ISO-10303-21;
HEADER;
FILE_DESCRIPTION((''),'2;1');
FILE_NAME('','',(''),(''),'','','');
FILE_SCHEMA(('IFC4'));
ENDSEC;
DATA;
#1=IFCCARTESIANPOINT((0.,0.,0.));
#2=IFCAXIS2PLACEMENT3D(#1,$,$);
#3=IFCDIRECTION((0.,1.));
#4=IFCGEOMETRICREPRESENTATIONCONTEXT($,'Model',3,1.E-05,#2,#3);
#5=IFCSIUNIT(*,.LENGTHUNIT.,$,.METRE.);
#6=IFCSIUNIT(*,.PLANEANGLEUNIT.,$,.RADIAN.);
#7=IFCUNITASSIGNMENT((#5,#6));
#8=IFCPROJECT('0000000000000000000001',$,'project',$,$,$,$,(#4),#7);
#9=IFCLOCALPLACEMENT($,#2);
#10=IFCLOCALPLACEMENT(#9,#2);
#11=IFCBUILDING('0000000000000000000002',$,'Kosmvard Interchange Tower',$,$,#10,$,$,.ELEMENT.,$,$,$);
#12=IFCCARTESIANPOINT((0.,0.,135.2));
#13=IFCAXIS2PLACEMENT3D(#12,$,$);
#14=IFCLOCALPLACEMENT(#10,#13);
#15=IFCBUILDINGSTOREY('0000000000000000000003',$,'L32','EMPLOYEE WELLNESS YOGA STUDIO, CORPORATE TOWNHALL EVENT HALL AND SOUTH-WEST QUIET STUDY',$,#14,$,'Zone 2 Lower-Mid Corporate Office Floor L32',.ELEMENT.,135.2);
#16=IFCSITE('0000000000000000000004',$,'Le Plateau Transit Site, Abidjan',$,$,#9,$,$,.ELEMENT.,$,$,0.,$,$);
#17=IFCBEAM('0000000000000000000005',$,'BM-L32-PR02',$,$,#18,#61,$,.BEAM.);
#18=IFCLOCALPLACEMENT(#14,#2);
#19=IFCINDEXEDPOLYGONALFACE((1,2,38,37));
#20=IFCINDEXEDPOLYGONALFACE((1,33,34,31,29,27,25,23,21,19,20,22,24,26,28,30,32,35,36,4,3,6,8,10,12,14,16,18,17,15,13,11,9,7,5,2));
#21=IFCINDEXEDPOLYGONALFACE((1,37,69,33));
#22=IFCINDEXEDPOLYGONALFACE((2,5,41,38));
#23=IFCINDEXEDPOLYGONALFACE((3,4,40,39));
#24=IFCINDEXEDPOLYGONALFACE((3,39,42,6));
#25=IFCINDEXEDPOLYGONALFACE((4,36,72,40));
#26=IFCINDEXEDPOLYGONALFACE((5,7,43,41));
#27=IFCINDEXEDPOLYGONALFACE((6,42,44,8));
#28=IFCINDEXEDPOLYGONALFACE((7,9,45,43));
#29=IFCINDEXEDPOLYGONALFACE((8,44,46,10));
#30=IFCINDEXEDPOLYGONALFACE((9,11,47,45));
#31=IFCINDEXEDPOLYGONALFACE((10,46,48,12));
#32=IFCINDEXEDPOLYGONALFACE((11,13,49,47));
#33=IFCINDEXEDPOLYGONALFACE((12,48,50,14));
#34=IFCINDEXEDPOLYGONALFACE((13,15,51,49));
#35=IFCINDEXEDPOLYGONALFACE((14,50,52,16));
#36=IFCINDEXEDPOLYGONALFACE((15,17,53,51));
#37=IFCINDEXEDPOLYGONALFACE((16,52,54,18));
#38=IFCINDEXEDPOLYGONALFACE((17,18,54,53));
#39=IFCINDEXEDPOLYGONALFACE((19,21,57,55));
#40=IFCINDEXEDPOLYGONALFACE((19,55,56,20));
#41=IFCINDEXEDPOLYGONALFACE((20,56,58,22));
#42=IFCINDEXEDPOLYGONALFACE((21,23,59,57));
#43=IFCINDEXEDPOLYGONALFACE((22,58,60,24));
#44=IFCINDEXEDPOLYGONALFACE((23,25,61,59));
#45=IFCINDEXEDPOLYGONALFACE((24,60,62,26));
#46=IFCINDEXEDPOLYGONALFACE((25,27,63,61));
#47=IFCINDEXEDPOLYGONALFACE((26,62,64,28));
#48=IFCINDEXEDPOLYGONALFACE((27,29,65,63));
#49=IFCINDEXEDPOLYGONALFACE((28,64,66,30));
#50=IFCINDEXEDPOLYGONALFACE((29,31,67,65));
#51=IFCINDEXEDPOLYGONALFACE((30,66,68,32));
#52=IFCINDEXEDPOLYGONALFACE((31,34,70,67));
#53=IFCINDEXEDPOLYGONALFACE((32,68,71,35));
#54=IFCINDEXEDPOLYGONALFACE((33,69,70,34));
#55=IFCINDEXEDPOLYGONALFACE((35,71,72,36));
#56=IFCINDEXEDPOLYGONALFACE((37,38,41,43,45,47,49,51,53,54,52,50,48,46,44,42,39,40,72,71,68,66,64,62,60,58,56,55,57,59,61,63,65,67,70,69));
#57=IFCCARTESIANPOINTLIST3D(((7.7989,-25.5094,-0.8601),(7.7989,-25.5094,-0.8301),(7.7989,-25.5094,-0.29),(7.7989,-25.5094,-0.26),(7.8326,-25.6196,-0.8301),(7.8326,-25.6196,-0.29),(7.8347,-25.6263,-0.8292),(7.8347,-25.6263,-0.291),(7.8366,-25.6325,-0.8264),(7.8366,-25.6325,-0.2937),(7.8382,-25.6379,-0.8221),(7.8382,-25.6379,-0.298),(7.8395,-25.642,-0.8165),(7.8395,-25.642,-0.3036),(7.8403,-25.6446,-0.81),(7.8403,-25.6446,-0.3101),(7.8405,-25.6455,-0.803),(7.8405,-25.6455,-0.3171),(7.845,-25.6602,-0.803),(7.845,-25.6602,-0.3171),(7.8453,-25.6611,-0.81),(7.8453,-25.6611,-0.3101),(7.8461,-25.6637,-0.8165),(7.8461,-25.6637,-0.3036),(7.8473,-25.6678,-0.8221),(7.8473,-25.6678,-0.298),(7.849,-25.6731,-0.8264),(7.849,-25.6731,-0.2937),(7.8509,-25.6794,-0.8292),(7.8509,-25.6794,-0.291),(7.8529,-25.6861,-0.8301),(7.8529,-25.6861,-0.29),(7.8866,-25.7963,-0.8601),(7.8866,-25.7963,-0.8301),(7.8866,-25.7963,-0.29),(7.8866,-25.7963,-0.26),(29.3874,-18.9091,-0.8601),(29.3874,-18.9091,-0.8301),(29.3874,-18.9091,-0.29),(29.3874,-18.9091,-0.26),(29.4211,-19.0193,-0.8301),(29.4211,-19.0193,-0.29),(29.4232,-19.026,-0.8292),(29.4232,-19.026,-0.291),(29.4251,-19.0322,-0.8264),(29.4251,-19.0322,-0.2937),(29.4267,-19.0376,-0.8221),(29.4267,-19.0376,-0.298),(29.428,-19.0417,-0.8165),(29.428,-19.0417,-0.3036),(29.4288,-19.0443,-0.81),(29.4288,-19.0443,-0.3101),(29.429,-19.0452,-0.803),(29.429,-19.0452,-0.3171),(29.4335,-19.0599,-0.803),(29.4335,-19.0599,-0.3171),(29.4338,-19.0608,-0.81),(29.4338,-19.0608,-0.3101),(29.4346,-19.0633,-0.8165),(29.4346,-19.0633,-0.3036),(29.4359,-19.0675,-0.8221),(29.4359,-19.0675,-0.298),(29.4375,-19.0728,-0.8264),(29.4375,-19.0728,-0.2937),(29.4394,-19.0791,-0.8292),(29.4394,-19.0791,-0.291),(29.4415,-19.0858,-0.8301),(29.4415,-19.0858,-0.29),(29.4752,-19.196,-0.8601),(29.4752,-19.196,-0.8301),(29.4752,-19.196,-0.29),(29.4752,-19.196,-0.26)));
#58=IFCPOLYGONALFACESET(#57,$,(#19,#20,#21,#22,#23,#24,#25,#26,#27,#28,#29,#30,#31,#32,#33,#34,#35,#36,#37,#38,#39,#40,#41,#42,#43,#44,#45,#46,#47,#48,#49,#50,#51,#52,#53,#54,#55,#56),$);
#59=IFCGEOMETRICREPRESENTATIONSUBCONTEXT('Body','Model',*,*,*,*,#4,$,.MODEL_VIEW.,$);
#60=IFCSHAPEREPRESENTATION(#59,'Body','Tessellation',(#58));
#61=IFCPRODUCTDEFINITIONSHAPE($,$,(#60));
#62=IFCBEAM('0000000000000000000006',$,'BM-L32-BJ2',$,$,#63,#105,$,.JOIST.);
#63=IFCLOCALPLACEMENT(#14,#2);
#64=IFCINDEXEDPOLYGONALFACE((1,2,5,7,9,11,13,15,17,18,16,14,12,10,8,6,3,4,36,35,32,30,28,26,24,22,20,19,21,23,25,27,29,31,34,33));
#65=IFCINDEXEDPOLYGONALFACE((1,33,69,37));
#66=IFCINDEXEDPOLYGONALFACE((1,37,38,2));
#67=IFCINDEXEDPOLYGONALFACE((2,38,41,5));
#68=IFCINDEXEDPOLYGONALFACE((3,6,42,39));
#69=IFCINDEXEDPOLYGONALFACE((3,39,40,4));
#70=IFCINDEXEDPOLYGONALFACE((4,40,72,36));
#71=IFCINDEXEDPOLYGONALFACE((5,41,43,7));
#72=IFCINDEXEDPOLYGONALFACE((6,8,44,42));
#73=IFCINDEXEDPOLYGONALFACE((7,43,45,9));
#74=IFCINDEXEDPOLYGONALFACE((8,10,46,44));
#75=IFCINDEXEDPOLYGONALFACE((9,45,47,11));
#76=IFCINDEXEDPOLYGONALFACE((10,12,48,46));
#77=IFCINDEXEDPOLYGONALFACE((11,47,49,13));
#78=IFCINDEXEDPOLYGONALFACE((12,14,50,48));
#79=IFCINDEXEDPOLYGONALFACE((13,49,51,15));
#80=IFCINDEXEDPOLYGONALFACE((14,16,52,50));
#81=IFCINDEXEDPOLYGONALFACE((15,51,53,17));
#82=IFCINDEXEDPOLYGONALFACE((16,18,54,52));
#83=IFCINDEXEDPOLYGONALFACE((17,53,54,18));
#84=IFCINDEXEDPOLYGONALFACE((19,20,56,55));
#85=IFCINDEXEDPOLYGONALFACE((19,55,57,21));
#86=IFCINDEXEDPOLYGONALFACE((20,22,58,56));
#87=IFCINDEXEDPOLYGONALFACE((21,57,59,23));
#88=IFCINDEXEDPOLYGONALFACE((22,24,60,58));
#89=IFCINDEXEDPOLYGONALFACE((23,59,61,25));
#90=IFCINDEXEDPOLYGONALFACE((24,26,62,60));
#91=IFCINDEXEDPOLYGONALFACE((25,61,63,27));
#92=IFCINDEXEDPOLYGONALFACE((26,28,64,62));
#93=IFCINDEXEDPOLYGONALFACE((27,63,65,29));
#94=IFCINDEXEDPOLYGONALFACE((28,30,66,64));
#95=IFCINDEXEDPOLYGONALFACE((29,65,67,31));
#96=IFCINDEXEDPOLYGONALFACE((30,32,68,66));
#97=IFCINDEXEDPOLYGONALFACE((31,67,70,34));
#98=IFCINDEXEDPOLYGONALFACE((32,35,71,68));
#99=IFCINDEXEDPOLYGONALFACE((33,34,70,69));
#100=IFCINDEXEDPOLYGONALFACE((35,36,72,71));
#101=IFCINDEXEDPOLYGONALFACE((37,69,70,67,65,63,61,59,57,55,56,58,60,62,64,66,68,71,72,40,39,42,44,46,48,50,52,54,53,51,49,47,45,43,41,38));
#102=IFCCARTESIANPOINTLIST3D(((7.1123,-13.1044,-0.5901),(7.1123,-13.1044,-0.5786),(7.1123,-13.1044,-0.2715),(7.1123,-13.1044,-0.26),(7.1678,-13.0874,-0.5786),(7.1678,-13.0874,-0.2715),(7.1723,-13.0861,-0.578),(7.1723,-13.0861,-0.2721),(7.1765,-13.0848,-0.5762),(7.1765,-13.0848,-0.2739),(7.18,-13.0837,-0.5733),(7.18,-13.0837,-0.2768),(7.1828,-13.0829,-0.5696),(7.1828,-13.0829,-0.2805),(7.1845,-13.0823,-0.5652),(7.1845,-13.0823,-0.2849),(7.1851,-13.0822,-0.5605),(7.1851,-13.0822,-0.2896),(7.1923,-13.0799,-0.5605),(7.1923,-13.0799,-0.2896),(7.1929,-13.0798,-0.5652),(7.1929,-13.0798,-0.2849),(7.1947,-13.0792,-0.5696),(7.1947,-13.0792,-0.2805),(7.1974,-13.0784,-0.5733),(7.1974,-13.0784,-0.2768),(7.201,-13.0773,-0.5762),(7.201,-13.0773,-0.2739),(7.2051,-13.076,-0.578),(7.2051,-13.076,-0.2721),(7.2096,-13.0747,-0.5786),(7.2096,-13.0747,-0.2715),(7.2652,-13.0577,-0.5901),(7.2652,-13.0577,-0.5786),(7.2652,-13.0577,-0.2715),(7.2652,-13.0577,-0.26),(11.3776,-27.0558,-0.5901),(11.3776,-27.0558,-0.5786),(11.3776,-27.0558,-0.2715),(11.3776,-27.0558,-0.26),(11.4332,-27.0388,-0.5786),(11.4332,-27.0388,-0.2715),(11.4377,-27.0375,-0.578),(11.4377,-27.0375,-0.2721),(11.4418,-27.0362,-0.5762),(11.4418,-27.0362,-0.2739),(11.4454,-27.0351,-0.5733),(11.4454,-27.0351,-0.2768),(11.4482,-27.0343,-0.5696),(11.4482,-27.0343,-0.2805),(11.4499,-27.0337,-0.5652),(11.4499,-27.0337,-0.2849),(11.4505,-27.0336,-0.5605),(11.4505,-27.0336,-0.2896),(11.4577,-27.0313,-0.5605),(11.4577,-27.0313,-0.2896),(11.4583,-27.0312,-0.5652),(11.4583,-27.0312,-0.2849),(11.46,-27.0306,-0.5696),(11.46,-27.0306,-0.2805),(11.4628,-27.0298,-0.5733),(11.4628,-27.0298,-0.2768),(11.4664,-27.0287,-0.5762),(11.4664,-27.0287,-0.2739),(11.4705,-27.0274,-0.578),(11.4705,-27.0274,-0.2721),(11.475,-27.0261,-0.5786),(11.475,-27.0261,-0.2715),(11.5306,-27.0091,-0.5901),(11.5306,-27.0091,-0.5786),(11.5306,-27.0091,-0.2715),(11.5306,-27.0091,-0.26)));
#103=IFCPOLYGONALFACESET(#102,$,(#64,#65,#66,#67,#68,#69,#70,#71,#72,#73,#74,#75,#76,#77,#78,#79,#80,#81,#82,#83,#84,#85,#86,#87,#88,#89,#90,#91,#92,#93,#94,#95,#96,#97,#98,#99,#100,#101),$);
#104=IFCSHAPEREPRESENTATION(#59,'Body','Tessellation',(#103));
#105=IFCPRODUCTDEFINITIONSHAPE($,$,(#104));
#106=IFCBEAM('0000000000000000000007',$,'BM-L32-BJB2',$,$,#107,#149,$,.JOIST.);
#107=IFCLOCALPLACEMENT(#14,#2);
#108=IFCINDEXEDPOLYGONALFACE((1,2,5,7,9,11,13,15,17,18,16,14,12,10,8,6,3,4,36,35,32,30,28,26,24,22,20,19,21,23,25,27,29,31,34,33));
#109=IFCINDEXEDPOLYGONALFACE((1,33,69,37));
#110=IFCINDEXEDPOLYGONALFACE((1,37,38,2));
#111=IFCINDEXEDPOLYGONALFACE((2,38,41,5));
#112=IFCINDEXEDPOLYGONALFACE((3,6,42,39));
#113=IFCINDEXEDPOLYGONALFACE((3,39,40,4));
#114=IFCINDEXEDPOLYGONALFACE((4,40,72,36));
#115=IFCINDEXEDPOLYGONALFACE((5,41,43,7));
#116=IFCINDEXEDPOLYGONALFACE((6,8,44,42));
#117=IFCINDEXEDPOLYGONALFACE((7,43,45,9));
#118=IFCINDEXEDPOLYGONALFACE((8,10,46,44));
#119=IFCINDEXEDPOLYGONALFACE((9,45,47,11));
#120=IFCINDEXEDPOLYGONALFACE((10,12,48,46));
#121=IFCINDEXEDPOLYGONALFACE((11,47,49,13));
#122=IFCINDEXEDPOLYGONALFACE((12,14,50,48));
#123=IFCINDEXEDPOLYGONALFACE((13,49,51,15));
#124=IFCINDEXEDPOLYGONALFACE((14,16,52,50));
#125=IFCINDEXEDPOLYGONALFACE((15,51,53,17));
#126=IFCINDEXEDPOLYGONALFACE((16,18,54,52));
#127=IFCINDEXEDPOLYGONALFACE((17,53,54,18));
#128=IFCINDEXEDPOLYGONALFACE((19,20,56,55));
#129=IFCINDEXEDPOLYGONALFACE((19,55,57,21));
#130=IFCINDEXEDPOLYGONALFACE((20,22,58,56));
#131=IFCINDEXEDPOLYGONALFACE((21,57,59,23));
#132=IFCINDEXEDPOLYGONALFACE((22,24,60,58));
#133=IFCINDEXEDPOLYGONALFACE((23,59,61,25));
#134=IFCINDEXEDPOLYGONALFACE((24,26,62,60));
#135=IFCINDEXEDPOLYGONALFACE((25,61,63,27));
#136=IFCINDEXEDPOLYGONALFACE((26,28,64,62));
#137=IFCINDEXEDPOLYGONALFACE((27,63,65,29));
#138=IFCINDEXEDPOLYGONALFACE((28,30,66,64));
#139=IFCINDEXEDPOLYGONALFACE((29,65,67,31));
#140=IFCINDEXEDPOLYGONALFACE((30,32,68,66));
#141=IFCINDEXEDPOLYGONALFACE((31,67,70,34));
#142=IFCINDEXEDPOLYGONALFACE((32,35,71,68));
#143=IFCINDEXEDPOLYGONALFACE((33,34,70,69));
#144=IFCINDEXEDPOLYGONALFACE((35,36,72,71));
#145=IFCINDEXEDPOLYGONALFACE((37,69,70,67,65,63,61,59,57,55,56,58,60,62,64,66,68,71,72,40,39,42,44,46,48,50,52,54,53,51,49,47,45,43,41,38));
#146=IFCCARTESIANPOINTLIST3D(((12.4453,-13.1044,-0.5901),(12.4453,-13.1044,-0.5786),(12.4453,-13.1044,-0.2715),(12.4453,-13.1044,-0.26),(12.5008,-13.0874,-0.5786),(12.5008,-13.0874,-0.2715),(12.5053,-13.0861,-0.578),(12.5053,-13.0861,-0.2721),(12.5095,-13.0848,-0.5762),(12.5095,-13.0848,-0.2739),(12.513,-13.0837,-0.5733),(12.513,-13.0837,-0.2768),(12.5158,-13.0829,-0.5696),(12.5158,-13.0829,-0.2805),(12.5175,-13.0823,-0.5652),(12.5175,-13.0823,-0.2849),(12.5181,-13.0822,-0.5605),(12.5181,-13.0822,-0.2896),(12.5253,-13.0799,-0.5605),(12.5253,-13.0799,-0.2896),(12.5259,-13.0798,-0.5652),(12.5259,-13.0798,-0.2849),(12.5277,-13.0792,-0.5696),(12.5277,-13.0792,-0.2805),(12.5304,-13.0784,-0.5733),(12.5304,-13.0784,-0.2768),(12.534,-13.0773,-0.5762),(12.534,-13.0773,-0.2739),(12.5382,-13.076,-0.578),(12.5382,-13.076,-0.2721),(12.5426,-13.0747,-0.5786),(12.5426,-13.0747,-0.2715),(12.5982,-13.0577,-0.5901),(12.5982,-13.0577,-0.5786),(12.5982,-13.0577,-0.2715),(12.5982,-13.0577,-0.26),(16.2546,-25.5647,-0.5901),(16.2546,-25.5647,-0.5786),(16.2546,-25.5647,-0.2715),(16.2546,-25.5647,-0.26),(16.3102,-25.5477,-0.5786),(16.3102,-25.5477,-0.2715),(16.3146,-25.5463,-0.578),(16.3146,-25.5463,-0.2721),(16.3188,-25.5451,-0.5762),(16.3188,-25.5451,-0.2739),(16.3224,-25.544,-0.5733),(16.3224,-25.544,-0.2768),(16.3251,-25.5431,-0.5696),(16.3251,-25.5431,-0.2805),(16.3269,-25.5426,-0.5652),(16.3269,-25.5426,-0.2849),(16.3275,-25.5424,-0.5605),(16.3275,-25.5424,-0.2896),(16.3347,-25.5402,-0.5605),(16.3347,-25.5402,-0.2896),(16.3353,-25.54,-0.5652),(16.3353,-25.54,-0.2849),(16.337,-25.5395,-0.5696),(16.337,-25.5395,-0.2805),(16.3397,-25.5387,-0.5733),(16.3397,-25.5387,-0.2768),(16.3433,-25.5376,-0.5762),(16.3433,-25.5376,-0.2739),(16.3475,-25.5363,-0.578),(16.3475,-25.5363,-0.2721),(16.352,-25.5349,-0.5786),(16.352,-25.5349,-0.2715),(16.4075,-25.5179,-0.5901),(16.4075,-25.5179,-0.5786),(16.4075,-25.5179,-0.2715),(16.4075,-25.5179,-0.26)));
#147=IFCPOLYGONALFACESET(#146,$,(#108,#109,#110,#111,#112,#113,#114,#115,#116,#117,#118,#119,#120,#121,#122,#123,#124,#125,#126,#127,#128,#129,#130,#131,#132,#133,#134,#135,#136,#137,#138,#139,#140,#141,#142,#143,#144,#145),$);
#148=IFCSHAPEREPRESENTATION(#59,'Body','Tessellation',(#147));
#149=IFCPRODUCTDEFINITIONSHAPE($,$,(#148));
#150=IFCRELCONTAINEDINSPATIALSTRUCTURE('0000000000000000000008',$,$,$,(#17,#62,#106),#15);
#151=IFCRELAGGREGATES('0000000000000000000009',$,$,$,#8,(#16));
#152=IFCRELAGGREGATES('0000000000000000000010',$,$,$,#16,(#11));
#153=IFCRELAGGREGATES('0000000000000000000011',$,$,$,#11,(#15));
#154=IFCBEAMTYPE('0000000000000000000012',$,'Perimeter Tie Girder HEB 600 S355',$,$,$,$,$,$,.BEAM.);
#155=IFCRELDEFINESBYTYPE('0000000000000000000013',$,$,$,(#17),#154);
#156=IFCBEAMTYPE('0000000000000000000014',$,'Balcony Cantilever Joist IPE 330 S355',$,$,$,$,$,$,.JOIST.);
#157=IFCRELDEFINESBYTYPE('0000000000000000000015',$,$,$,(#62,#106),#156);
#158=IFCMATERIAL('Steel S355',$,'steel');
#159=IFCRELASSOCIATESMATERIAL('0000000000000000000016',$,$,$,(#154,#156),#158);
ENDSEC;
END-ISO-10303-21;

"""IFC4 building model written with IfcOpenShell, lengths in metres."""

from ifc_helpers import new_model, si_unit, direction, frame, origin, origin_2d, place, context, subcontext, project, spatial, i_section, extrude, source, transform, mapped, material, material_profile, profile_set, type_object, element, save


model = new_model("IFC4")

# Units and contexts
model_context = context("Model", 3, precision=1e-05, world=origin(), true_north=direction((0.0, 1.0)))
body_context = subcontext(model_context, "Body", "Model", "MODEL_VIEW")
ifc_project = project(units=[si_unit("LENGTHUNIT", "METRE"), si_unit("PLANEANGLEUNIT", "RADIAN")], contexts=[model_context])

# Site, building, storey
site_placement = place(None, origin())
site = spatial("IfcSite", under=ifc_project, at=site_placement, Name="Le Plateau Transit Site, Abidjan", CompositionType="ELEMENT", RefElevation=0.0)
building_placement = place(site_placement, origin())
building = spatial("IfcBuilding", under=site, at=building_placement, Name="Kosmvard Interchange Tower", CompositionType="ELEMENT")
storey_placement = place(building_placement, frame((0.0, 0.0, 135.2)))
storey = spatial("IfcBuildingStorey", under=building, at=storey_placement, Name="L32", Description="EMPLOYEE WELLNESS YOGA STUDIO, CORPORATE TOWNHALL EVENT HALL AND SOUTH-WEST QUIET STUDY", LongName="Zone 2 Lower-Mid Corporate Office Floor L32", CompositionType="ELEMENT", Elevation=135.2)

# Beams
ifc_material_1 = material(Name="Steel S355", Category="steel")
ifc_material_profile_1 = material_profile(ifc_material_1, i_section(OverallWidth=0.3, OverallDepth=0.6001, WebThickness=0.0154, FlangeThickness=0.03, FilletRadius=0.0271, at=origin_2d()), Name="HEB 600")
ifc_profile_set_1 = profile_set([ifc_material_profile_1], Name="Steel S355")
beam_type_1 = type_object("IfcBeamType", Name="Perimeter Tie Girder HEB 600 S355", PredefinedType="BEAM", material=ifc_profile_set_1)
shared_shape_1 = source(origin(), body_context, "Body", "SweptSolid", [
    extrude(i_section(OverallWidth=0.3, OverallDepth=0.6001, WebThickness=0.0154, FlangeThickness=0.03, FilletRadius=0.0271, at=origin_2d()), origin(), (0.0, 0.0, 1.0), 22.575),
])
beam_1_placement = place(storey_placement, frame((7.8428, -25.6528, -0.5601), z_axis=(0.956304, 0.292373, 0.0), x_axis=(-0.292373, 0.956304, 0.0)))
element("IfcBeam", 1, at=beam_1_placement, inside=storey, type_object=beam_type_1, Name="BM-L32-PR02", PredefinedType="BEAM", context=body_context, shape_type="MappedRepresentation", body=[
    mapped(shared_shape_1, transform((0.0, 0.0, 0.0), scale=1.0)),
])
ifc_material_profile_2 = material_profile(ifc_material_1, i_section(OverallWidth=0.1599, OverallDepth=0.3301, WebThickness=0.0076, FlangeThickness=0.0115, FilletRadius=0.0181, at=origin_2d()), Name="IPE 330")
ifc_profile_set_2 = profile_set([ifc_material_profile_2], Name="Steel S355")
beam_type_2 = type_object("IfcBeamType", Name="Balcony Cantilever Joist IPE 330 S355", PredefinedType="JOIST", material=ifc_profile_set_2)
shared_shape_2 = source(origin(), body_context, "Body", "SweptSolid", [
    extrude(i_section(OverallWidth=0.1599, OverallDepth=0.3301, WebThickness=0.0076, FlangeThickness=0.0115, FilletRadius=0.0181, at=origin_2d()), origin(), (0.0, 0.0, 1.0), 14.5889),
])
beam_2_placement = place(storey_placement, frame((7.1887, -13.0811, -0.425), z_axis=(0.292372, -0.956305, 0.0), x_axis=(0.956305, 0.292372, 0.0)))
element("IfcBeam", 2, at=beam_2_placement, inside=storey, type_object=beam_type_2, Name="BM-L32-BJ2", PredefinedType="JOIST", context=body_context, shape_type="MappedRepresentation", body=[
    mapped(shared_shape_2, transform((0.0, 0.0, 0.0), scale=1.0)),
])
shared_shape_3 = source(origin(), body_context, "Body", "SweptSolid", [
    extrude(i_section(OverallWidth=0.1599, OverallDepth=0.3301, WebThickness=0.0076, FlangeThickness=0.0115, FilletRadius=0.0181, at=origin_2d()), origin(), (0.0, 0.0, 1.0), 13.0295),
])
beam_3_placement = place(storey_placement, frame((12.5217, -13.0811, -0.425), z_axis=(0.292362, -0.956308, 0.0), x_axis=(0.956308, 0.292362, 0.0)))
element("IfcBeam", 3, at=beam_3_placement, inside=storey, type_object=beam_type_2, Name="BM-L32-BJB2", PredefinedType="JOIST", context=body_context, shape_type="MappedRepresentation", body=[
    mapped(shared_shape_3, transform((0.0, 0.0, 0.0), scale=1.0)),
])

save(model, "model.ifc")
